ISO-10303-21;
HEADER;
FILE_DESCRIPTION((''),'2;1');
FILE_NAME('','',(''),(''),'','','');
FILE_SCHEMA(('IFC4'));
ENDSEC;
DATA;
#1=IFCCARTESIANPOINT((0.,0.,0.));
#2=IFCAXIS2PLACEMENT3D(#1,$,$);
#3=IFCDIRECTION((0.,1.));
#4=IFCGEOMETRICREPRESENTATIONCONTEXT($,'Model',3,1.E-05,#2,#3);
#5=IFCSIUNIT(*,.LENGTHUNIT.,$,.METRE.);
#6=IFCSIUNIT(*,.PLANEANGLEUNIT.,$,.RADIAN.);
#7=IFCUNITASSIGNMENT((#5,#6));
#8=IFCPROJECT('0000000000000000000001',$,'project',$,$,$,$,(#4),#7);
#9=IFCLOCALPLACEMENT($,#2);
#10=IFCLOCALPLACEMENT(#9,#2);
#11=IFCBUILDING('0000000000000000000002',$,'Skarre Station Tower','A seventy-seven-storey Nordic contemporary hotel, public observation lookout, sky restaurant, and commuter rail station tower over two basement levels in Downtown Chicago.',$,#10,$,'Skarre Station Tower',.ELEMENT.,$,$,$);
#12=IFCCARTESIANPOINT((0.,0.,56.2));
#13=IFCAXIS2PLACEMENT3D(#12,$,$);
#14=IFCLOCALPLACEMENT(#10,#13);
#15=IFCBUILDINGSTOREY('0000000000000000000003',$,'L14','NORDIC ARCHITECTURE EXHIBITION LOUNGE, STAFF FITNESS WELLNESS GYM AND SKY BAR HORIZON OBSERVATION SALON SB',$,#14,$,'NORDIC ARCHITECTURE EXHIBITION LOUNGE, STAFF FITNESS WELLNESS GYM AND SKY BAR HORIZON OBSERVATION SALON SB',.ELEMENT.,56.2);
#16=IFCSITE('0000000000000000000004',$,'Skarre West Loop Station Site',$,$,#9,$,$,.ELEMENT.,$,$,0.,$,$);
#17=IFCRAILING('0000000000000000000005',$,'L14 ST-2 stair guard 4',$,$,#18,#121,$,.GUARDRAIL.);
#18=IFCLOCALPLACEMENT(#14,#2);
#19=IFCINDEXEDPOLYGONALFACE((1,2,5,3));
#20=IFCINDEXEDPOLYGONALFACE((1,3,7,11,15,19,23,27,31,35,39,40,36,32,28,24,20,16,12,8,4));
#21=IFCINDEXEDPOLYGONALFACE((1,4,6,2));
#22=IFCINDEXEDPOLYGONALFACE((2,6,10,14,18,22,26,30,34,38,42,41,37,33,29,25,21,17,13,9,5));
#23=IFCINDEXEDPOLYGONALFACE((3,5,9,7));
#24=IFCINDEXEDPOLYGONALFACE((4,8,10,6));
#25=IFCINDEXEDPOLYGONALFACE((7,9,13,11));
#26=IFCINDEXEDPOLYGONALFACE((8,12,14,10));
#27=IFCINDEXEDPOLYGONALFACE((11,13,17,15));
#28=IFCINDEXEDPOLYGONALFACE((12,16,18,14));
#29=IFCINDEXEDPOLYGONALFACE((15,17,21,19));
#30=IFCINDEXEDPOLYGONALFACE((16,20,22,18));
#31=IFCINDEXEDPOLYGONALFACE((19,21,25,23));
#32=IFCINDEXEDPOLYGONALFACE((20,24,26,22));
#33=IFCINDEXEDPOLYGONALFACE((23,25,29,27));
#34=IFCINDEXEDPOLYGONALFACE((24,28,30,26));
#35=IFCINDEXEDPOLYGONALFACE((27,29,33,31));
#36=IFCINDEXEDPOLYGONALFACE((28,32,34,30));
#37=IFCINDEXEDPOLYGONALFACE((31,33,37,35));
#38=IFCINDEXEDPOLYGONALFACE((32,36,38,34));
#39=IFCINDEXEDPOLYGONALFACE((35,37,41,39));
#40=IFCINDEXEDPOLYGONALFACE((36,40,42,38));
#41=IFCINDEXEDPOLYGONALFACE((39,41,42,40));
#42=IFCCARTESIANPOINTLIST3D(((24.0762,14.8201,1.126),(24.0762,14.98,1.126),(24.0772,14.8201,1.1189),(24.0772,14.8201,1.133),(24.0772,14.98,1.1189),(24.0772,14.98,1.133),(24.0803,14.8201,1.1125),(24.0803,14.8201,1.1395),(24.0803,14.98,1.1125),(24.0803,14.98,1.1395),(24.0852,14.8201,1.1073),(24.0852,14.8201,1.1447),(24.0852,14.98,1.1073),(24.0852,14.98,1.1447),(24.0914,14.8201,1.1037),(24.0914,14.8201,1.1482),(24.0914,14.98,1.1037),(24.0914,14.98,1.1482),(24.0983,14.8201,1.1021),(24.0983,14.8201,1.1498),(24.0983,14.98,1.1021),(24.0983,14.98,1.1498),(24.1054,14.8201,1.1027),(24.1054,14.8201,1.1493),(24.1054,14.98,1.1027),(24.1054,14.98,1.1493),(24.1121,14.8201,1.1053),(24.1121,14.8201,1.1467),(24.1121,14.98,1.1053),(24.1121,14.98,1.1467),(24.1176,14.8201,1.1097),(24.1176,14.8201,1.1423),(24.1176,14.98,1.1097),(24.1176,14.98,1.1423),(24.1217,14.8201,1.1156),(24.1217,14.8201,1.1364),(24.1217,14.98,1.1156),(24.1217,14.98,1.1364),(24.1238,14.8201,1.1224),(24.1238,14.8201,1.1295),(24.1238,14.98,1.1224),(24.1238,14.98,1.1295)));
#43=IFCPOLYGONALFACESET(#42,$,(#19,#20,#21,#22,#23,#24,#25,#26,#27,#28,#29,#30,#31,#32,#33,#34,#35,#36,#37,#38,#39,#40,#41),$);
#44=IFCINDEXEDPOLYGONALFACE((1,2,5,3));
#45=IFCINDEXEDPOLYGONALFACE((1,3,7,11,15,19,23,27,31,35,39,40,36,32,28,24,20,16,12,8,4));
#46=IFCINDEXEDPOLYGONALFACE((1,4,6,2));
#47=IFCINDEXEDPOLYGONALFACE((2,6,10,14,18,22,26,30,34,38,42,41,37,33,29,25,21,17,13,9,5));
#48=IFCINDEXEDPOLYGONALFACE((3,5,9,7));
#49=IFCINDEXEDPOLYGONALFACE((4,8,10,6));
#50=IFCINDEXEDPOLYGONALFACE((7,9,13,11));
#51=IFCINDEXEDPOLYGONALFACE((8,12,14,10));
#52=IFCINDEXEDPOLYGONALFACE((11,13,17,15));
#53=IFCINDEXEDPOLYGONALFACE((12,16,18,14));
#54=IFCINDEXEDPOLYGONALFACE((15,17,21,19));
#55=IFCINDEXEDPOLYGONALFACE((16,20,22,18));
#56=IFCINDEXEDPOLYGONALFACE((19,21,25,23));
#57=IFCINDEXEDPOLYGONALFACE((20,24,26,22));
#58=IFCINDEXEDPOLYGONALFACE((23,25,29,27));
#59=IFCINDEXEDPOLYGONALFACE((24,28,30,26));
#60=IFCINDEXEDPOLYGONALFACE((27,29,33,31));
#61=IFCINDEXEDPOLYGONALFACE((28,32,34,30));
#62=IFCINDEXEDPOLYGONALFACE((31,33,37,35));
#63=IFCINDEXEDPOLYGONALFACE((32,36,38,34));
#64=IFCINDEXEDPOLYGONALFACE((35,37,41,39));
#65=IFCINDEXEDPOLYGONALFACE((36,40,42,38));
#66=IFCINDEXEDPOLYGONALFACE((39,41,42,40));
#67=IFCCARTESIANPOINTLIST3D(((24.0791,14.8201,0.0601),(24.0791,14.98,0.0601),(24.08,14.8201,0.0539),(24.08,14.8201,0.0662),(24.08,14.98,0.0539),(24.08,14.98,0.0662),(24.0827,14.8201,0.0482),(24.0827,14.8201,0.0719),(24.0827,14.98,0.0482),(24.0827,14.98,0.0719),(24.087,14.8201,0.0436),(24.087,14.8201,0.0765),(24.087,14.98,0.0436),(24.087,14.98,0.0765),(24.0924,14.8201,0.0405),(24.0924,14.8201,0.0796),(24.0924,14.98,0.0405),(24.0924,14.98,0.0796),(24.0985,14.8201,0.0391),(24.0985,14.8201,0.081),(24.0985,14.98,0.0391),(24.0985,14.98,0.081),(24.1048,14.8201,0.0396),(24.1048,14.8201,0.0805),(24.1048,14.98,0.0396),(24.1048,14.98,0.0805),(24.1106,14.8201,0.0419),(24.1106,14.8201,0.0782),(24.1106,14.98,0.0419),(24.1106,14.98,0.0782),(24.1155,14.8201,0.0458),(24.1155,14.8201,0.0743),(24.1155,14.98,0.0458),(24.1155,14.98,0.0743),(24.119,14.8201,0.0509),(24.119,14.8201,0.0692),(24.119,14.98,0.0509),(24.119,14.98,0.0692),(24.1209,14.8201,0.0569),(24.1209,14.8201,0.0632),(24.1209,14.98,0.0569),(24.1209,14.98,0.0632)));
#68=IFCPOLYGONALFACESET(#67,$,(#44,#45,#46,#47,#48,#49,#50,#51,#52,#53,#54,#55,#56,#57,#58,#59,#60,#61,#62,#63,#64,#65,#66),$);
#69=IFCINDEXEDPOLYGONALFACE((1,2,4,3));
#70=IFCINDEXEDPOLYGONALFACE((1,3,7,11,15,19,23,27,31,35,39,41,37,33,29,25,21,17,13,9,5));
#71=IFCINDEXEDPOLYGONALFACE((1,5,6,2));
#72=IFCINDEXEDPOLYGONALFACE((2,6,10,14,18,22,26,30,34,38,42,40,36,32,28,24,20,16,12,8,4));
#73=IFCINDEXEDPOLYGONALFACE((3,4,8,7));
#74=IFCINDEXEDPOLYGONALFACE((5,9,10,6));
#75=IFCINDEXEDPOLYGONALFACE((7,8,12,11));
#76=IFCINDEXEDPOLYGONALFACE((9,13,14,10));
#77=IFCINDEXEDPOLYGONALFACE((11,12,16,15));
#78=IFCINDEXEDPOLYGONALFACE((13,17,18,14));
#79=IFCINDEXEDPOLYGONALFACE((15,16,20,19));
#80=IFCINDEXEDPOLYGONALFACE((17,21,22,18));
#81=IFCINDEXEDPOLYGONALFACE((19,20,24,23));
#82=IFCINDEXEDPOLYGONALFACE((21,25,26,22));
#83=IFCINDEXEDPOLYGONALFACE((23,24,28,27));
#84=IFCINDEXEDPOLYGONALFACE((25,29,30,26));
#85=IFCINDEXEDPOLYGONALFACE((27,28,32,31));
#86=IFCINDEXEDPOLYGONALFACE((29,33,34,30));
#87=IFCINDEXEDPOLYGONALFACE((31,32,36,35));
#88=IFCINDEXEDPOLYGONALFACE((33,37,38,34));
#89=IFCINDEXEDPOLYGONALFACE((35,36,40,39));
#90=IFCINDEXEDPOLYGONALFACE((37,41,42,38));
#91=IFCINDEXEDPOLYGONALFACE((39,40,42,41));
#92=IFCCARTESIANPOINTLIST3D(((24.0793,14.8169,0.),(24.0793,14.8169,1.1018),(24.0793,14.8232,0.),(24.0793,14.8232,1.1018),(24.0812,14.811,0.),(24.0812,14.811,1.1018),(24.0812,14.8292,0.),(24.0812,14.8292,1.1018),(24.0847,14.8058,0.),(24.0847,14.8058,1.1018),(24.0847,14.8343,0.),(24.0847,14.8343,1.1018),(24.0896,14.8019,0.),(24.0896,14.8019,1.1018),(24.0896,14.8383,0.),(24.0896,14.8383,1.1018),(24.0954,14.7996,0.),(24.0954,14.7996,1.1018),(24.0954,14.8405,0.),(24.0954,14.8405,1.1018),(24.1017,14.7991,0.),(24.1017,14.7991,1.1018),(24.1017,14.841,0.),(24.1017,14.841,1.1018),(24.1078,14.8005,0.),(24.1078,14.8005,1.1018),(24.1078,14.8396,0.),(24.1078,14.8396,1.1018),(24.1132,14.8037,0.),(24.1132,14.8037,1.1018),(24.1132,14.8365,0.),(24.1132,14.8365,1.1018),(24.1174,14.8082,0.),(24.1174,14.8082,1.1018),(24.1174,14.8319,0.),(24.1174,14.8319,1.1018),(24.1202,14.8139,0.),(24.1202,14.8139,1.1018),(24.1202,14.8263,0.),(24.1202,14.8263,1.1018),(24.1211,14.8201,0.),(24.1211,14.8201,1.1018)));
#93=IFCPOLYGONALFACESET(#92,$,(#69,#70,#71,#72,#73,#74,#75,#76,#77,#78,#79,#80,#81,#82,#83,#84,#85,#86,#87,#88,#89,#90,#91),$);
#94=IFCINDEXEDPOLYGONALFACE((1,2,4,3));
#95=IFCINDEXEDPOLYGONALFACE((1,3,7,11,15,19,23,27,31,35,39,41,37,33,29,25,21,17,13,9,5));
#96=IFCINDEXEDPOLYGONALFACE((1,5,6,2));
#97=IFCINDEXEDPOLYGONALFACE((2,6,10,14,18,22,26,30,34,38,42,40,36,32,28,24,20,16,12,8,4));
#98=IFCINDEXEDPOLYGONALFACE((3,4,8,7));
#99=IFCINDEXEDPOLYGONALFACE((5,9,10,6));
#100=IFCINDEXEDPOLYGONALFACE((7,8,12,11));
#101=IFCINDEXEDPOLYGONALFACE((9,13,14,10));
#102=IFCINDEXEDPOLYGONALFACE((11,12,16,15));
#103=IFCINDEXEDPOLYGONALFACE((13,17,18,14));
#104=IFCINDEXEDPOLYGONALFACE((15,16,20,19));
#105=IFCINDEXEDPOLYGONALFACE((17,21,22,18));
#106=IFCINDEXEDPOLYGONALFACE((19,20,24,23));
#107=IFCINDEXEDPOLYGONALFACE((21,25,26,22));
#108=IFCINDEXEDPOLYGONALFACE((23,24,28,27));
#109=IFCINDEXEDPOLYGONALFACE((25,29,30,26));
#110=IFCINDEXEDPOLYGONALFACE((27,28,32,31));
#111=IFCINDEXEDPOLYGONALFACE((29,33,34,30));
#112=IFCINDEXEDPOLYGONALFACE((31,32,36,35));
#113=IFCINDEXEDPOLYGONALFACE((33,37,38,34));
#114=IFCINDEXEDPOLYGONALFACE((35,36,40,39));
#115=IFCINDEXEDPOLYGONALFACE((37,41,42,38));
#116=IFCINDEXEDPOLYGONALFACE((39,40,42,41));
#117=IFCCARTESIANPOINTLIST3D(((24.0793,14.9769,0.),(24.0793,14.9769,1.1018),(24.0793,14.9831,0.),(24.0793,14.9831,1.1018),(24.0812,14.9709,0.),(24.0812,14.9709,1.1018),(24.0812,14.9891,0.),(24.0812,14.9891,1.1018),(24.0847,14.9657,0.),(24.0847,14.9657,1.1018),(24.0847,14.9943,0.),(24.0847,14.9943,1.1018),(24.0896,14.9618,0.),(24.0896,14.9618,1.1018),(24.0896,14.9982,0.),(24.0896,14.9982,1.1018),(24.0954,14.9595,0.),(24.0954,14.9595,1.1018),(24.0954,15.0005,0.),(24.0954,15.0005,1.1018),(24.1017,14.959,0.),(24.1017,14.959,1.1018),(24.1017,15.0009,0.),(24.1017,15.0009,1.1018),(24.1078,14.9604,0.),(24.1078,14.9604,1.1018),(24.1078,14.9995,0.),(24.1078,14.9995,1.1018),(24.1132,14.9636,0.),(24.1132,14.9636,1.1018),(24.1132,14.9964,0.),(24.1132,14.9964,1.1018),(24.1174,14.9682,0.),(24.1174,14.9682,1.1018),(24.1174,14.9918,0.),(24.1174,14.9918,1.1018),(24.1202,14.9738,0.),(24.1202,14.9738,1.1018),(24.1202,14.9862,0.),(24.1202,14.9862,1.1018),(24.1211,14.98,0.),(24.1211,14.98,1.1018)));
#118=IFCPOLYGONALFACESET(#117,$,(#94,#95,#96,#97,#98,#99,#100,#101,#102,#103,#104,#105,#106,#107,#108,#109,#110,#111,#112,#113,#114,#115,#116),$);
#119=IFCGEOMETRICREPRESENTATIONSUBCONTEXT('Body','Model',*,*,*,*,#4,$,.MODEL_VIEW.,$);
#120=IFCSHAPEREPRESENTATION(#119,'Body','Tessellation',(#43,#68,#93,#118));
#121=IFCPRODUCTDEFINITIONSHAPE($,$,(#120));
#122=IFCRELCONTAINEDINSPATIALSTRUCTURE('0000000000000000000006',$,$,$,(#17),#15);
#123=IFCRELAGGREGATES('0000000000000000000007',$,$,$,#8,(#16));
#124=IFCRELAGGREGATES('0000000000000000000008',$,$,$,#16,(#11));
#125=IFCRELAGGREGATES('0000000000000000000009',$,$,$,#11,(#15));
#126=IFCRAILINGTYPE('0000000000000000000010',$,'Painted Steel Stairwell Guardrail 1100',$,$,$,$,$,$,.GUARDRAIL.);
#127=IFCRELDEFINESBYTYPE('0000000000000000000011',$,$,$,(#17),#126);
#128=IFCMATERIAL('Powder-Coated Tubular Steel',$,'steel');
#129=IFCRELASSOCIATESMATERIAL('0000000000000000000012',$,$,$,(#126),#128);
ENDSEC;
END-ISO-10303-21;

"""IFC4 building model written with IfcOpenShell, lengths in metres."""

from ifc_helpers import new_model, si_unit, direction, frame, origin, origin_2d, place, context, subcontext, project, spatial, circle, extrude, material, type_object, element, save


model = new_model("IFC4")

# Units and contexts
model_context = context("Model", 3, precision=1e-05, world=origin(), true_north=direction((0.0, 1.0)))
body_context = subcontext(model_context, "Body", "Model", "MODEL_VIEW")
ifc_project = project(units=[si_unit("LENGTHUNIT", "METRE"), si_unit("PLANEANGLEUNIT", "RADIAN")], contexts=[model_context])

# Site, building, storey
site_placement = place(None, origin())
site = spatial("IfcSite", under=ifc_project, at=site_placement, Name="Skarre West Loop Station Site", CompositionType="ELEMENT", RefElevation=0.0)
building_placement = place(site_placement, origin())
building = spatial("IfcBuilding", under=site, at=building_placement, Name="Skarre Station Tower", Description="A seventy-seven-storey Nordic contemporary hotel, public observation lookout, sky restaurant, and commuter rail station tower over two basement levels in Downtown Chicago.", LongName="Skarre Station Tower", CompositionType="ELEMENT")
storey_placement = place(building_placement, frame((0.0, 0.0, 56.2)))
storey = spatial("IfcBuildingStorey", under=building, at=storey_placement, Name="L14", Description="NORDIC ARCHITECTURE EXHIBITION LOUNGE, STAFF FITNESS WELLNESS GYM AND SKY BAR HORIZON OBSERVATION SALON SB", LongName="NORDIC ARCHITECTURE EXHIBITION LOUNGE, STAFF FITNESS WELLNESS GYM AND SKY BAR HORIZON OBSERVATION SALON SB", CompositionType="ELEMENT", Elevation=56.2)

# Railing
ifc_material_1 = material(Name="Powder-Coated Tubular Steel", Category="steel")
railing_type_1 = type_object("IfcRailingType", Name="Painted Steel Stairwell Guardrail 1100", PredefinedType="GUARDRAIL", material=ifc_material_1)
railing_1_placement = place(storey_placement, frame((24.1001, 14.8201, 0.0)))
element("IfcRailing", 1, at=railing_1_placement, inside=storey, type_object=railing_type_1, Name="L14 ST-2 stair guard 4", PredefinedType="GUARDRAIL", context=body_context, shape_type="SweptSolid", body=[
    extrude(circle(Radius=0.0239, at=origin_2d()), frame((0.0, 0.0, 1.126), z_axis=(0.0, 1.0, 0.0), x_axis=(-1.0, 0.0, 0.0)), (0.0, 0.0, 1.0), 0.1599),
    extrude(circle(Radius=0.021, at=origin_2d()), frame((0.0, 0.0, 0.0601), z_axis=(0.0, 1.0, 0.0), x_axis=(-1.0, 0.0, 0.0)), (0.0, 0.0, 1.0), 0.1599),
    extrude(circle(Radius=0.021, at=origin_2d()), origin(), (0.0, 0.0, 1.0), 1.1018),
    extrude(circle(Radius=0.021, at=origin_2d()), frame((0.0, 0.1599, 0.0)), (0.0, 0.0, 1.0), 1.1018),
])

save(model, "model.ifc")
